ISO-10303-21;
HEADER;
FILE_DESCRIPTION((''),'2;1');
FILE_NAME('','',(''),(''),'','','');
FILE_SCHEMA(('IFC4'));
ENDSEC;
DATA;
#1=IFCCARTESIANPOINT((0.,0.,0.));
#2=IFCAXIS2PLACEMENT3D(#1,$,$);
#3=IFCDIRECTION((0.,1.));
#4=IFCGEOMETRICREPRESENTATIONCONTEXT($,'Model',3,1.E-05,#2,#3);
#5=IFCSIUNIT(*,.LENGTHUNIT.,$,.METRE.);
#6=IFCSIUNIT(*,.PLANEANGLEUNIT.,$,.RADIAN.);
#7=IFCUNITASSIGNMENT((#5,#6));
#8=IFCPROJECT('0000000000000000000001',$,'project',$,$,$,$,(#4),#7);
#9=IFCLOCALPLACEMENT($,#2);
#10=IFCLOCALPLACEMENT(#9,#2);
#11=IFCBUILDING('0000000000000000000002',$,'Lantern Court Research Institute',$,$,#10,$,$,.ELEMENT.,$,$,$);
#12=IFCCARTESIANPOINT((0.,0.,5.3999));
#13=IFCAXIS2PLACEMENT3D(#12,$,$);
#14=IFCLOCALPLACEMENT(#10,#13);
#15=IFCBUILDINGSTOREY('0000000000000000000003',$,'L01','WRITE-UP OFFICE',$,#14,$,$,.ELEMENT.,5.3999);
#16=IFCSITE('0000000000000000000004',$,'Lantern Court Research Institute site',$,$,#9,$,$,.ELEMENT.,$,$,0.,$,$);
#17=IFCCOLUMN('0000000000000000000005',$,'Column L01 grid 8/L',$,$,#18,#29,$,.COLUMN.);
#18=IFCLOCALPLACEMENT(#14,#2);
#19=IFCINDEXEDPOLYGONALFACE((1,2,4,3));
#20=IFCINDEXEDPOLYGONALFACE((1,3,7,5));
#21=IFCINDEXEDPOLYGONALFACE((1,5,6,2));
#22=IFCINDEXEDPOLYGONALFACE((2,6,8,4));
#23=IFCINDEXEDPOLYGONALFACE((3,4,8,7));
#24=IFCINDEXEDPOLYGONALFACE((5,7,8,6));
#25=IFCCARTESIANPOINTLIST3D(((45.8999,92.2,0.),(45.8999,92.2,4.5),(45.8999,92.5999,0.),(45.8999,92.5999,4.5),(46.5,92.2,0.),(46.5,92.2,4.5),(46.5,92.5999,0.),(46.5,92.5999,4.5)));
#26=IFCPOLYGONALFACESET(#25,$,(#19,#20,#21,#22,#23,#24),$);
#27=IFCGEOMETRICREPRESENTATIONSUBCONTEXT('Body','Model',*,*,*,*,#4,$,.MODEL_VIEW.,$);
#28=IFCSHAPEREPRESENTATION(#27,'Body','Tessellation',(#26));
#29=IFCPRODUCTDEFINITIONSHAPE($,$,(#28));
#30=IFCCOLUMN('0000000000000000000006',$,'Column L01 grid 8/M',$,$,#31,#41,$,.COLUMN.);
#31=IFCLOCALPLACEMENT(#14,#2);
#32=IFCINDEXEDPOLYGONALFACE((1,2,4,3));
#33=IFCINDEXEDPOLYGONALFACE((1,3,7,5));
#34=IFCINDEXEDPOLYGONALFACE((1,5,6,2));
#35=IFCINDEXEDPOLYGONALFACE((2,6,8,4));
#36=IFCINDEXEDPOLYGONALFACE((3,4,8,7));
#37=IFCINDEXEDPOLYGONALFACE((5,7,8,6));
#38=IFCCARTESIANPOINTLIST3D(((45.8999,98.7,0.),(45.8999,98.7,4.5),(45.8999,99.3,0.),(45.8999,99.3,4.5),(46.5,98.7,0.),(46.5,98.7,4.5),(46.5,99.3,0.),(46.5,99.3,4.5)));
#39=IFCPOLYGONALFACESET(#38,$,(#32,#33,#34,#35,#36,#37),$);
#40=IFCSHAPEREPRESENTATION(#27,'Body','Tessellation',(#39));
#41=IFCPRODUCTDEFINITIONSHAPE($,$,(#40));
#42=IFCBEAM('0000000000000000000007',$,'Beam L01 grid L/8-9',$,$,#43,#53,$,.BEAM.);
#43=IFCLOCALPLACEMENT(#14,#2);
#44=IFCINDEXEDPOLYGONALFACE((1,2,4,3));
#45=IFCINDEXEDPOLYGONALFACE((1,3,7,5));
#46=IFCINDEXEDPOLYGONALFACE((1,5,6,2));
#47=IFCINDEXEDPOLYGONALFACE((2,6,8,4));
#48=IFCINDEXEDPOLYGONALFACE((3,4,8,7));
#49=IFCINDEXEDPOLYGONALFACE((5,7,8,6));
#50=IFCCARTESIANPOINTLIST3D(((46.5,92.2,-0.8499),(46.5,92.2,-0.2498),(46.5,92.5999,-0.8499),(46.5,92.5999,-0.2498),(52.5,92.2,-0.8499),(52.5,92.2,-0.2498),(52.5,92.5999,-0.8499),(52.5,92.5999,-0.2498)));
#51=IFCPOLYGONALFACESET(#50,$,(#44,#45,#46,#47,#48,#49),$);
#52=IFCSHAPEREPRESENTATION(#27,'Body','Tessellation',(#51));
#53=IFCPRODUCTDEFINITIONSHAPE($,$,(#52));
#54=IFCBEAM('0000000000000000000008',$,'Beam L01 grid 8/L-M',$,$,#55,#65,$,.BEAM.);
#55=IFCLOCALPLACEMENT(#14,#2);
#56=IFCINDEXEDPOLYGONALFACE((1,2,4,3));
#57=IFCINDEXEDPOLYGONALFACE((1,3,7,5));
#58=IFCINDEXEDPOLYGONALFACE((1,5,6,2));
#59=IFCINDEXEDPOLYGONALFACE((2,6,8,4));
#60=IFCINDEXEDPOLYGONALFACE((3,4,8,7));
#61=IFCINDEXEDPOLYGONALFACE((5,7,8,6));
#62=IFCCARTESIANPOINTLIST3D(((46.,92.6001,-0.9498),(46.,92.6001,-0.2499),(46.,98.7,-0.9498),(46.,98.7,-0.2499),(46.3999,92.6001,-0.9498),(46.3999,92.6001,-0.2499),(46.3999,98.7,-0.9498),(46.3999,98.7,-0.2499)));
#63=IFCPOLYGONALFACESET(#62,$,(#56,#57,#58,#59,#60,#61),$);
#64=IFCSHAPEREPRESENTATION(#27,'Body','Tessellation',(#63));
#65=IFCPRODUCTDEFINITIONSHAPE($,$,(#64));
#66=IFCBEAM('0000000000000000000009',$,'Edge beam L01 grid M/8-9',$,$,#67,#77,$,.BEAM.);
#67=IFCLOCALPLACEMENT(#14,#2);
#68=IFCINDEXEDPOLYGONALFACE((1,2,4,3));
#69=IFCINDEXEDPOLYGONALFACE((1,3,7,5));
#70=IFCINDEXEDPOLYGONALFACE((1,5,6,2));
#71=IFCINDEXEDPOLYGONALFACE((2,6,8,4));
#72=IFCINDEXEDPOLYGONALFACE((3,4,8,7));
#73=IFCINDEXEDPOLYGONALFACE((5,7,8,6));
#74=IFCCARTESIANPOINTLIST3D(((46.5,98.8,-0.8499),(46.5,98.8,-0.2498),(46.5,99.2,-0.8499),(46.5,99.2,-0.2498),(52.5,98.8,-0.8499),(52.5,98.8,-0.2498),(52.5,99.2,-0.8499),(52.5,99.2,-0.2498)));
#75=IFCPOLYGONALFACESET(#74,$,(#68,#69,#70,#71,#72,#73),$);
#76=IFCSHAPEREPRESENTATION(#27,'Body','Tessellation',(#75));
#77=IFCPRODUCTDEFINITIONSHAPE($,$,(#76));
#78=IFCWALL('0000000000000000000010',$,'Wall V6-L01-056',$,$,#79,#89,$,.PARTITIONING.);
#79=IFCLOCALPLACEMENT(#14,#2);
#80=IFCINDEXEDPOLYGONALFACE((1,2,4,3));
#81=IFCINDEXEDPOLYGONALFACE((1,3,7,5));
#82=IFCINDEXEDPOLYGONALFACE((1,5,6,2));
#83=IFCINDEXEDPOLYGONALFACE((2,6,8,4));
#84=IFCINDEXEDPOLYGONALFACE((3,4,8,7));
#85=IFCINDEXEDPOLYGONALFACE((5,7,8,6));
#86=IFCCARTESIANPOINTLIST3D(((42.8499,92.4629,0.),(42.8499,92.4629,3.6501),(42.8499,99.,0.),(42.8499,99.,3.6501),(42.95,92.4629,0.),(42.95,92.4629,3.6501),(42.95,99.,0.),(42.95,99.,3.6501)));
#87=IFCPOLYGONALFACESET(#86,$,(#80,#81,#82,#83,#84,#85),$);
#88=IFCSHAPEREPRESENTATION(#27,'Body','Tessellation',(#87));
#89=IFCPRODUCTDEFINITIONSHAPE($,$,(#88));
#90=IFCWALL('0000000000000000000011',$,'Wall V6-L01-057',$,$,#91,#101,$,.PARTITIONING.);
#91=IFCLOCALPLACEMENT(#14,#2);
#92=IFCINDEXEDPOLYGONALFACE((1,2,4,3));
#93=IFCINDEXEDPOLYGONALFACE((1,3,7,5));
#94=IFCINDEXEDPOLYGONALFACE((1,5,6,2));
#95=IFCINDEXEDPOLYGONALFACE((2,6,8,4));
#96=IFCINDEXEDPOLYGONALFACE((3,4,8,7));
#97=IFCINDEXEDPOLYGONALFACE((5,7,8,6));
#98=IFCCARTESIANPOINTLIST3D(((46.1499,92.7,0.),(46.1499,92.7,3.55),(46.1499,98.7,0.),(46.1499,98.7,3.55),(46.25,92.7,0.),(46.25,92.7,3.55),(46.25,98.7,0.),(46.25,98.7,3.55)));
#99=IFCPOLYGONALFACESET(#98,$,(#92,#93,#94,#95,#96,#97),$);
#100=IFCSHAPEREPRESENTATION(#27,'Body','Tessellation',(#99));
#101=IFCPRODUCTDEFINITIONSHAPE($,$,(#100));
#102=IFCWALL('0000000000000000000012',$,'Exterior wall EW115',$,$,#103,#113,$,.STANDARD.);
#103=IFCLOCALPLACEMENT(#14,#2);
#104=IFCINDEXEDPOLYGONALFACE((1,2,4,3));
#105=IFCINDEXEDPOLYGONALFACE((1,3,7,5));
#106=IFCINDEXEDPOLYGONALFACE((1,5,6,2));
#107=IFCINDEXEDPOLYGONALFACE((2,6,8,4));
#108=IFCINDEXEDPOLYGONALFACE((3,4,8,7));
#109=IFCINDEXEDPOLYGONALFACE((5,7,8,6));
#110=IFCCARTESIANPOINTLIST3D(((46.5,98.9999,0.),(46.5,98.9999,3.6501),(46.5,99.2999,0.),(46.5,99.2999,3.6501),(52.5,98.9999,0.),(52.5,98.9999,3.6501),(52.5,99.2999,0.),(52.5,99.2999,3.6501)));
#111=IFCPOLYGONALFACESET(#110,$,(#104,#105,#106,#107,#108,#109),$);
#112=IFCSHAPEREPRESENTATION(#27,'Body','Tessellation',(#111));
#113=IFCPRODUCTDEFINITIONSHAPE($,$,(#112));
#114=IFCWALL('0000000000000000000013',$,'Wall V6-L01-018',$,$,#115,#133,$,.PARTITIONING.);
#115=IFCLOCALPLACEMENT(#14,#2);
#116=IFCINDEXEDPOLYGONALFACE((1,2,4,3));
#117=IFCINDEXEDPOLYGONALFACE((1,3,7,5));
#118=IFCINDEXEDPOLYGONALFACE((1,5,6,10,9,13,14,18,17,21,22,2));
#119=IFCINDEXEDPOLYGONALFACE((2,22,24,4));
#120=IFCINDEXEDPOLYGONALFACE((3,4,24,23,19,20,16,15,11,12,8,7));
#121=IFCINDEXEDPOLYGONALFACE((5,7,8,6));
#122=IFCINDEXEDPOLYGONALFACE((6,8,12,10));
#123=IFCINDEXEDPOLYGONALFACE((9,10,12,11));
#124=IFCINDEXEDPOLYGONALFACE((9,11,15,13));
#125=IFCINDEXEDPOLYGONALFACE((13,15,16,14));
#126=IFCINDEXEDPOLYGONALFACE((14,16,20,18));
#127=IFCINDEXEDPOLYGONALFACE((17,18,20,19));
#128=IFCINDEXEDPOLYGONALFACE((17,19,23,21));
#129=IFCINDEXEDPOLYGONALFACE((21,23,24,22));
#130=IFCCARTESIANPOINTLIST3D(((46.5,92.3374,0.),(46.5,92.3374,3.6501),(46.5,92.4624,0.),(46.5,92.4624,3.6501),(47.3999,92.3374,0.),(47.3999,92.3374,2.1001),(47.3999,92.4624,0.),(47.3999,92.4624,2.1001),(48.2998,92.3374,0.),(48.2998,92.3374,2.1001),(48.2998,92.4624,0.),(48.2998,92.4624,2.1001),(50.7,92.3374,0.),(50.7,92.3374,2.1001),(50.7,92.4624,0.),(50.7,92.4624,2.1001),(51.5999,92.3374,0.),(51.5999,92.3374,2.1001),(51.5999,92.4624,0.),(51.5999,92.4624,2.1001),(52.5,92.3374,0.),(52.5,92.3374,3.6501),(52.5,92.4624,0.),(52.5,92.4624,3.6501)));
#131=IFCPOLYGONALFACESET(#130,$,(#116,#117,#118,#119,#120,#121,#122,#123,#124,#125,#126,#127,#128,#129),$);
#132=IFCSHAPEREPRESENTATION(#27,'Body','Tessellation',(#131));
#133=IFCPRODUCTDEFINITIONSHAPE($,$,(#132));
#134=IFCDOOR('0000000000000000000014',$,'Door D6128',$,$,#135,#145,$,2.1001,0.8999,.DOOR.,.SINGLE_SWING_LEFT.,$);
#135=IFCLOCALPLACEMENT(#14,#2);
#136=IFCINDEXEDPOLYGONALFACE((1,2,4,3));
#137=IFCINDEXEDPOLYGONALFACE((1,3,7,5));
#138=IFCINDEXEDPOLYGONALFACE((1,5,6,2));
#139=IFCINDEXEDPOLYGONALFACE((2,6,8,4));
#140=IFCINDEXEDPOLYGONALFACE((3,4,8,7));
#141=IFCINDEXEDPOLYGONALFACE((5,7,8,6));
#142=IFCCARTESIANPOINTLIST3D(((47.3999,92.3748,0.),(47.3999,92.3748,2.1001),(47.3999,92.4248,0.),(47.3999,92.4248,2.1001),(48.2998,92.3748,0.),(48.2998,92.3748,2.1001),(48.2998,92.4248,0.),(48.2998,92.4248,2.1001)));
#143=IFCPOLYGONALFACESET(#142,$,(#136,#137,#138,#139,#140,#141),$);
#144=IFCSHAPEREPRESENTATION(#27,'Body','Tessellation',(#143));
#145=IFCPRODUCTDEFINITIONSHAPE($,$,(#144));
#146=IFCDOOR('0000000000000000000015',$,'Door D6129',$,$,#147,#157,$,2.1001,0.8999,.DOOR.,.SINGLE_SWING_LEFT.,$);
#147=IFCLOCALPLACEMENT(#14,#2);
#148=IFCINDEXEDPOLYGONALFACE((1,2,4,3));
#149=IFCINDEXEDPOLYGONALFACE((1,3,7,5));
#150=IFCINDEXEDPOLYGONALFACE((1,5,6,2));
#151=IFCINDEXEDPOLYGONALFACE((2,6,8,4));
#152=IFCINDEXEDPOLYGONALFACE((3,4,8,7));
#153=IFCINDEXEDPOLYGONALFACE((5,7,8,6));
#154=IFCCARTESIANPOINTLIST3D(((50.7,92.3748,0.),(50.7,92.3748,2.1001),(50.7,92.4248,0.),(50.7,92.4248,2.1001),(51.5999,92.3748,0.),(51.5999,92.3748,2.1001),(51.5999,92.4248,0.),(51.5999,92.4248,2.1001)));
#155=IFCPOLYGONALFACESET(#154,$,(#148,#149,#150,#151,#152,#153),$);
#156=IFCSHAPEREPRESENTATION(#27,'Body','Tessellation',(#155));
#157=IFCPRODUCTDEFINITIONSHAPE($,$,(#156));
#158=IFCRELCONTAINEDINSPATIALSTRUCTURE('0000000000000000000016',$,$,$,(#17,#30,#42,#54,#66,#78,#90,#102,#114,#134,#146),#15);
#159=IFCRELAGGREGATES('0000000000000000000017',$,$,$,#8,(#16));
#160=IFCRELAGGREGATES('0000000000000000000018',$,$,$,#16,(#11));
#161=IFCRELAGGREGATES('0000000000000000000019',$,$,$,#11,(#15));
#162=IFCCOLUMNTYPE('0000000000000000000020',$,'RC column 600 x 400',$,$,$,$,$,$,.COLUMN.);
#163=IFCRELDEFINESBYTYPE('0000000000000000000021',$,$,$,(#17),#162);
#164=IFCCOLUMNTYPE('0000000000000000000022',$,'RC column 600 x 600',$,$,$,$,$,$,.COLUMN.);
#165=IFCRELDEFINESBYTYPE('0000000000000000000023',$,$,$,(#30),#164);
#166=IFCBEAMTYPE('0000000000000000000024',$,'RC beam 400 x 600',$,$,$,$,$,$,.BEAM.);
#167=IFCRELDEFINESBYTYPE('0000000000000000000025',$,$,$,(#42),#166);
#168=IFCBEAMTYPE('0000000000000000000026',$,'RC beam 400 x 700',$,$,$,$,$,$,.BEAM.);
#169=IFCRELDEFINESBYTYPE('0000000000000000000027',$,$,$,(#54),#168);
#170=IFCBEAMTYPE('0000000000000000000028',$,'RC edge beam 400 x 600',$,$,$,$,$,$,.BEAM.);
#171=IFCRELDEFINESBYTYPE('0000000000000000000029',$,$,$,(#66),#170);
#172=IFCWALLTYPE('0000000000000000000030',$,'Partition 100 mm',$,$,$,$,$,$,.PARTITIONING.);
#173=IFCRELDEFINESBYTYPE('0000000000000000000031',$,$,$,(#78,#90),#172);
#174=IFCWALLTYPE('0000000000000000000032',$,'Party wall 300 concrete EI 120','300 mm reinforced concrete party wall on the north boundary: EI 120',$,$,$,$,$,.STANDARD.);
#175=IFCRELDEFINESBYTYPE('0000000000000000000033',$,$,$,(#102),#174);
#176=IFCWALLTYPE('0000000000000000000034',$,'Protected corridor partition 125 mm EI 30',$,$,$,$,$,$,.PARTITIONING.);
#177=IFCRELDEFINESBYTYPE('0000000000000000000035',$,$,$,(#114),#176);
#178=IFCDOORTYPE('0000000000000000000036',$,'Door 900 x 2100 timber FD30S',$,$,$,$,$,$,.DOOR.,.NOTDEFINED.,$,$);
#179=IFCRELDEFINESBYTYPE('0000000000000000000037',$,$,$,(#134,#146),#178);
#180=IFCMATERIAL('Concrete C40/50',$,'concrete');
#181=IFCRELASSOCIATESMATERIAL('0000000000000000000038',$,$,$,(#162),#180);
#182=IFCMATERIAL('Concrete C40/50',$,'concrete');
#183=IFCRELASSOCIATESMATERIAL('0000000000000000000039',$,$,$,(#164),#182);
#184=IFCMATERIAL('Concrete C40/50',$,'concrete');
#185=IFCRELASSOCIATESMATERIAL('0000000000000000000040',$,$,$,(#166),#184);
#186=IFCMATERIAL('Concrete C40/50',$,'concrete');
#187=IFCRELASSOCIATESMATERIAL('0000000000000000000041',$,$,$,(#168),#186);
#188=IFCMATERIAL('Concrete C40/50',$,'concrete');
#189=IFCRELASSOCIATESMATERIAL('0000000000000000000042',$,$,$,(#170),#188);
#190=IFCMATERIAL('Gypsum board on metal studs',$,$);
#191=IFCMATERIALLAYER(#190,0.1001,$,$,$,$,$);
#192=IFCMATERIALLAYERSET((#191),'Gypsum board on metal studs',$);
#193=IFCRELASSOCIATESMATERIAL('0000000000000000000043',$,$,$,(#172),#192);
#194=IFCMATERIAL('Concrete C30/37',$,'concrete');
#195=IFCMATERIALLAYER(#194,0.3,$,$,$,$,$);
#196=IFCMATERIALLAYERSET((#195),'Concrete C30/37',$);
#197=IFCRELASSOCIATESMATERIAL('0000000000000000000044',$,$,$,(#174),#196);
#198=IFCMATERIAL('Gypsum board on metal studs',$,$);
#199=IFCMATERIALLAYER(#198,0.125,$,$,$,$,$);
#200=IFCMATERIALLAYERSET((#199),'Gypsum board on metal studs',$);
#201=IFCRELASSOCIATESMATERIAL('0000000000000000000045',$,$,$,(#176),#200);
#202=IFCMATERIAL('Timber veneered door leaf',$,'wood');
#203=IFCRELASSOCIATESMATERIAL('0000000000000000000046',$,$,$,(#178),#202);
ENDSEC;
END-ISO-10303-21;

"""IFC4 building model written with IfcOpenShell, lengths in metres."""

from ifc_helpers import new_model, si_unit, direction, frame, frame_2d, origin, origin_2d, place, context, subcontext, project, spatial, rectangle, extrude, material, layer, layer_set, material_profile, profile_set, type_object, element, fill, save


model = new_model("IFC4")

# Units and contexts
model_context = context("Model", 3, precision=1e-05, world=origin(), true_north=direction((0.0, 1.0)))
body_context = subcontext(model_context, "Body", "Model", "MODEL_VIEW")
ifc_project = project(units=[si_unit("LENGTHUNIT", "METRE"), si_unit("PLANEANGLEUNIT", "RADIAN")], contexts=[model_context])

# Site, building, storey
site_placement = place(None, origin())
site = spatial("IfcSite", under=ifc_project, at=site_placement, Name="Lantern Court Research Institute site", CompositionType="ELEMENT", RefElevation=0.0)
building_placement = place(site_placement, origin())
building = spatial("IfcBuilding", under=site, at=building_placement, Name="Lantern Court Research Institute", CompositionType="ELEMENT")
storey_placement = place(building_placement, frame((0.0, 0.0, 5.3999)))
storey = spatial("IfcBuildingStorey", under=building, at=storey_placement, Name="L01", Description="WRITE-UP OFFICE", CompositionType="ELEMENT", Elevation=5.3999)

# Columns
ifc_material_1 = material(Name="Concrete C40/50", Category="concrete")
ifc_material_profile_1 = material_profile(ifc_material_1, rectangle(XDim=0.6001, YDim=0.3999, at=origin_2d()), Name="RC column 600 x 400")
ifc_profile_set_1 = profile_set([ifc_material_profile_1], Name="Concrete C40/50")
column_type_1 = type_object("IfcColumnType", Name="RC column 600 x 400", PredefinedType="COLUMN", material=ifc_profile_set_1)
column_1_placement = place(storey_placement, frame((46.2, 92.3999, 0.0), z_axis=(0.0, 0.0, 1.0), x_axis=(1.0, 0.0, 0.0)))
element("IfcColumn", 1, at=column_1_placement, inside=storey, type_object=column_type_1, Name="Column L01 grid 8/L", PredefinedType="COLUMN", context=body_context, shape_type="SweptSolid", body=[
    extrude(rectangle(XDim=0.6001, YDim=0.3999, at=origin_2d()), origin(), (0.0, 0.0, 1.0), 4.5),
])
ifc_material_2 = material(Name="Concrete C40/50", Category="concrete")
ifc_material_profile_2 = material_profile(ifc_material_2, rectangle(XDim=0.6001, YDim=0.6001, at=origin_2d()), Name="RC column 600 x 600")
ifc_profile_set_2 = profile_set([ifc_material_profile_2], Name="Concrete C40/50")
column_type_2 = type_object("IfcColumnType", Name="RC column 600 x 600", PredefinedType="COLUMN", material=ifc_profile_set_2)
column_2_placement = place(storey_placement, frame((46.2, 99.0, 0.0), z_axis=(0.0, 0.0, 1.0), x_axis=(1.0, 0.0, 0.0)))
element("IfcColumn", 2, at=column_2_placement, inside=storey, type_object=column_type_2, Name="Column L01 grid 8/M", PredefinedType="COLUMN", context=body_context, shape_type="SweptSolid", body=[
    extrude(rectangle(XDim=0.6001, YDim=0.6001, at=origin_2d()), origin(), (0.0, 0.0, 1.0), 4.5),
])

# Beams
ifc_material_3 = material(Name="Concrete C40/50", Category="concrete")
ifc_material_profile_3 = material_profile(ifc_material_3, rectangle(XDim=0.3999, YDim=0.6001, at=origin_2d()), Name="RC beam 400 x 600")
ifc_profile_set_3 = profile_set([ifc_material_profile_3], Name="Concrete C40/50")
beam_type_1 = type_object("IfcBeamType", Name="RC beam 400 x 600", PredefinedType="BEAM", material=ifc_profile_set_3)
beam_1_placement = place(storey_placement, frame((46.5, 92.3999, -0.5498), z_axis=(1.0, 0.0, 0.0), x_axis=(0.0, 1.0, 0.0)))
element("IfcBeam", 3, at=beam_1_placement, inside=storey, type_object=beam_type_1, Name="Beam L01 grid L/8-9", PredefinedType="BEAM", context=body_context, shape_type="SweptSolid", body=[
    extrude(rectangle(XDim=0.3999, YDim=0.6001, at=origin_2d()), origin(), (0.0, 0.0, 1.0), 6.0),
])
ifc_material_4 = material(Name="Concrete C40/50", Category="concrete")
ifc_material_profile_4 = material_profile(ifc_material_4, rectangle(XDim=0.3999, YDim=0.7, at=origin_2d()), Name="RC beam 400 x 700")
ifc_profile_set_4 = profile_set([ifc_material_profile_4], Name="Concrete C40/50")
beam_type_2 = type_object("IfcBeamType", Name="RC beam 400 x 700", PredefinedType="BEAM", material=ifc_profile_set_4)
beam_2_placement = place(storey_placement, frame((46.2, 92.6001, -0.5999), z_axis=(0.0, 1.0, 0.0), x_axis=(-1.0, 0.0, 0.0)))
element("IfcBeam", 4, at=beam_2_placement, inside=storey, type_object=beam_type_2, Name="Beam L01 grid 8/L-M", PredefinedType="BEAM", context=body_context, shape_type="SweptSolid", body=[
    extrude(rectangle(XDim=0.3999, YDim=0.7, at=origin_2d()), origin(), (0.0, 0.0, 1.0), 6.0999),
])
ifc_material_5 = material(Name="Concrete C40/50", Category="concrete")
ifc_material_profile_5 = material_profile(ifc_material_5, rectangle(XDim=0.3999, YDim=0.6001, at=origin_2d()), Name="RC beam 400 x 600")
ifc_profile_set_5 = profile_set([ifc_material_profile_5], Name="Concrete C40/50")
beam_type_3 = type_object("IfcBeamType", Name="RC edge beam 400 x 600", PredefinedType="BEAM", material=ifc_profile_set_5)
beam_3_placement = place(storey_placement, frame((46.5, 99.0, -0.5498), z_axis=(1.0, 0.0, 0.0), x_axis=(0.0, 1.0, 0.0)))
element("IfcBeam", 5, at=beam_3_placement, inside=storey, type_object=beam_type_3, Name="Edge beam L01 grid M/8-9", PredefinedType="BEAM", context=body_context, shape_type="SweptSolid", body=[
    extrude(rectangle(XDim=0.3999, YDim=0.6001, at=origin_2d()), origin(), (0.0, 0.0, 1.0), 6.0),
])

# Walls
ifc_material_6 = material(Name="Gypsum board on metal studs")
ifc_layer_1 = layer(ifc_material_6, 0.1001)
ifc_layer_set_1 = layer_set([ifc_layer_1], Name="Gypsum board on metal studs")
wall_type_1 = type_object("IfcWallType", Name="Partition 100 mm", PredefinedType="PARTITIONING", material=ifc_layer_set_1)
wall_1_placement = place(storey_placement, frame((42.8999, 92.4629, 0.0), z_axis=(0.0, 0.0, 1.0), x_axis=(0.0, 1.0, 0.0)))
element("IfcWall", 6, at=wall_1_placement, inside=storey, type_object=wall_type_1, Name="Wall V6-L01-056", PredefinedType="PARTITIONING", context=body_context, shape_type="SweptSolid", body=[
    extrude(rectangle(XDim=6.5371, YDim=0.1001, at=frame_2d((3.2686, 0.0))), origin(), (0.0, 0.0, 1.0), 3.6501),
])
wall_2_placement = place(storey_placement, frame((46.2, 92.7, 0.0), z_axis=(0.0, 0.0, 1.0), x_axis=(0.0, 1.0, 0.0)))
element("IfcWall", 7, at=wall_2_placement, inside=storey, type_object=wall_type_1, Name="Wall V6-L01-057", PredefinedType="PARTITIONING", context=body_context, shape_type="SweptSolid", body=[
    extrude(rectangle(XDim=6.0, YDim=0.1001, at=frame_2d((3.0, 0.0))), origin(), (0.0, 0.0, 1.0), 3.55),
])
ifc_material_7 = material(Name="Concrete C30/37", Category="concrete")
ifc_layer_2 = layer(ifc_material_7, 0.3)
ifc_layer_set_2 = layer_set([ifc_layer_2], Name="Concrete C30/37")
wall_type_2 = type_object("IfcWallType", Name="Party wall 300 concrete EI 120", Description="300 mm reinforced concrete party wall on the north boundary: EI 120", PredefinedType="STANDARD", material=ifc_layer_set_2)
wall_3_placement = place(storey_placement, frame((46.5, 99.1499, 0.0), z_axis=(0.0, 0.0, 1.0), x_axis=(1.0, 0.0, 0.0)))
element("IfcWall", 8, at=wall_3_placement, inside=storey, type_object=wall_type_2, Name="Exterior wall EW115", PredefinedType="STANDARD", context=body_context, shape_type="SweptSolid", body=[
    extrude(rectangle(XDim=6.0, YDim=0.3, at=frame_2d((3.0, 0.0))), origin(), (0.0, 0.0, 1.0), 3.6501),
])

# Wall, openings, doors
ifc_material_8 = material(Name="Gypsum board on metal studs")
ifc_layer_3 = layer(ifc_material_8, 0.125)
ifc_layer_set_3 = layer_set([ifc_layer_3], Name="Gypsum board on metal studs")
wall_type_3 = type_object("IfcWallType", Name="Protected corridor partition 125 mm EI 30", PredefinedType="PARTITIONING", material=ifc_layer_set_3)
wall_4_placement = place(storey_placement, frame((46.5, 92.3999, 0.0), z_axis=(0.0, 0.0, 1.0), x_axis=(1.0, 0.0, 0.0)))
wall_4 = element("IfcWall", 9, at=wall_4_placement, inside=storey, type_object=wall_type_3, Name="Wall V6-L01-018", PredefinedType="PARTITIONING", context=body_context, shape_type="SweptSolid", body=[
    extrude(rectangle(XDim=6.0, YDim=0.125, at=frame_2d((3.0, 0.0))), origin(), (0.0, 0.0, 1.0), 3.6501),
])
opening_1_placement = place(wall_4_placement, frame((0.8999, 0.0, 0.0)))
opening_1 = element("IfcOpeningElement", 10, at=opening_1_placement, cuts=wall_4, PredefinedType="OPENING", context=body_context, shape_type="SweptSolid", body=[
    extrude(rectangle(XDim=0.8999, YDim=2.1001, at=frame_2d((0.45, 1.05))), frame((0.0, 0.0725, 0.0), z_axis=(0.0, -1.0, 0.0), x_axis=(1.0, 0.0, 0.0)), (0.0, 0.0, 1.0), 0.145),
])
opening_2_placement = place(wall_4_placement, frame((4.2, 0.0, 0.0)))
opening_2 = element("IfcOpeningElement", 11, at=opening_2_placement, cuts=wall_4, PredefinedType="OPENING", context=body_context, shape_type="SweptSolid", body=[
    extrude(rectangle(XDim=0.8999, YDim=2.1001, at=frame_2d((0.45, 1.05))), frame((0.0, 0.0725, 0.0), z_axis=(0.0, -1.0, 0.0), x_axis=(1.0, 0.0, 0.0)), (0.0, 0.0, 1.0), 0.145),
])
ifc_material_9 = material(Name="Timber veneered door leaf", Category="wood")
door_type = type_object("IfcDoorType", Name="Door 900 x 2100 timber FD30S", OperationType="NOTDEFINED", PredefinedType="DOOR", material=ifc_material_9)
door_1_placement = place(opening_1_placement, origin())
door_1 = element("IfcDoor", 12, at=door_1_placement, inside=storey, type_object=door_type, Name="Door D6128", OperationType="SINGLE_SWING_LEFT", OverallHeight=2.1001, OverallWidth=0.8999, PredefinedType="DOOR", context=body_context, shape_type="SweptSolid", body=[
    extrude(rectangle(XDim=0.8999, YDim=2.1001, at=frame_2d((0.45, 1.05))), frame((0.0, 0.0249, 0.0), z_axis=(0.0, -1.0, 0.0), x_axis=(1.0, 0.0, 0.0)), (0.0, 0.0, 1.0), 0.05),
])
fill(opening_1, door_1)
door_2_placement = place(opening_2_placement, origin())
door_2 = element("IfcDoor", 13, at=door_2_placement, inside=storey, type_object=door_type, Name="Door D6129", OperationType="SINGLE_SWING_LEFT", OverallHeight=2.1001, OverallWidth=0.8999, PredefinedType="DOOR", context=body_context, shape_type="SweptSolid", body=[
    extrude(rectangle(XDim=0.8999, YDim=2.1001, at=frame_2d((0.45, 1.05))), frame((0.0, 0.0249, 0.0), z_axis=(0.0, -1.0, 0.0), x_axis=(1.0, 0.0, 0.0)), (0.0, 0.0, 1.0), 0.05),
])
fill(opening_2, door_2)

save(model, "model.ifc")
